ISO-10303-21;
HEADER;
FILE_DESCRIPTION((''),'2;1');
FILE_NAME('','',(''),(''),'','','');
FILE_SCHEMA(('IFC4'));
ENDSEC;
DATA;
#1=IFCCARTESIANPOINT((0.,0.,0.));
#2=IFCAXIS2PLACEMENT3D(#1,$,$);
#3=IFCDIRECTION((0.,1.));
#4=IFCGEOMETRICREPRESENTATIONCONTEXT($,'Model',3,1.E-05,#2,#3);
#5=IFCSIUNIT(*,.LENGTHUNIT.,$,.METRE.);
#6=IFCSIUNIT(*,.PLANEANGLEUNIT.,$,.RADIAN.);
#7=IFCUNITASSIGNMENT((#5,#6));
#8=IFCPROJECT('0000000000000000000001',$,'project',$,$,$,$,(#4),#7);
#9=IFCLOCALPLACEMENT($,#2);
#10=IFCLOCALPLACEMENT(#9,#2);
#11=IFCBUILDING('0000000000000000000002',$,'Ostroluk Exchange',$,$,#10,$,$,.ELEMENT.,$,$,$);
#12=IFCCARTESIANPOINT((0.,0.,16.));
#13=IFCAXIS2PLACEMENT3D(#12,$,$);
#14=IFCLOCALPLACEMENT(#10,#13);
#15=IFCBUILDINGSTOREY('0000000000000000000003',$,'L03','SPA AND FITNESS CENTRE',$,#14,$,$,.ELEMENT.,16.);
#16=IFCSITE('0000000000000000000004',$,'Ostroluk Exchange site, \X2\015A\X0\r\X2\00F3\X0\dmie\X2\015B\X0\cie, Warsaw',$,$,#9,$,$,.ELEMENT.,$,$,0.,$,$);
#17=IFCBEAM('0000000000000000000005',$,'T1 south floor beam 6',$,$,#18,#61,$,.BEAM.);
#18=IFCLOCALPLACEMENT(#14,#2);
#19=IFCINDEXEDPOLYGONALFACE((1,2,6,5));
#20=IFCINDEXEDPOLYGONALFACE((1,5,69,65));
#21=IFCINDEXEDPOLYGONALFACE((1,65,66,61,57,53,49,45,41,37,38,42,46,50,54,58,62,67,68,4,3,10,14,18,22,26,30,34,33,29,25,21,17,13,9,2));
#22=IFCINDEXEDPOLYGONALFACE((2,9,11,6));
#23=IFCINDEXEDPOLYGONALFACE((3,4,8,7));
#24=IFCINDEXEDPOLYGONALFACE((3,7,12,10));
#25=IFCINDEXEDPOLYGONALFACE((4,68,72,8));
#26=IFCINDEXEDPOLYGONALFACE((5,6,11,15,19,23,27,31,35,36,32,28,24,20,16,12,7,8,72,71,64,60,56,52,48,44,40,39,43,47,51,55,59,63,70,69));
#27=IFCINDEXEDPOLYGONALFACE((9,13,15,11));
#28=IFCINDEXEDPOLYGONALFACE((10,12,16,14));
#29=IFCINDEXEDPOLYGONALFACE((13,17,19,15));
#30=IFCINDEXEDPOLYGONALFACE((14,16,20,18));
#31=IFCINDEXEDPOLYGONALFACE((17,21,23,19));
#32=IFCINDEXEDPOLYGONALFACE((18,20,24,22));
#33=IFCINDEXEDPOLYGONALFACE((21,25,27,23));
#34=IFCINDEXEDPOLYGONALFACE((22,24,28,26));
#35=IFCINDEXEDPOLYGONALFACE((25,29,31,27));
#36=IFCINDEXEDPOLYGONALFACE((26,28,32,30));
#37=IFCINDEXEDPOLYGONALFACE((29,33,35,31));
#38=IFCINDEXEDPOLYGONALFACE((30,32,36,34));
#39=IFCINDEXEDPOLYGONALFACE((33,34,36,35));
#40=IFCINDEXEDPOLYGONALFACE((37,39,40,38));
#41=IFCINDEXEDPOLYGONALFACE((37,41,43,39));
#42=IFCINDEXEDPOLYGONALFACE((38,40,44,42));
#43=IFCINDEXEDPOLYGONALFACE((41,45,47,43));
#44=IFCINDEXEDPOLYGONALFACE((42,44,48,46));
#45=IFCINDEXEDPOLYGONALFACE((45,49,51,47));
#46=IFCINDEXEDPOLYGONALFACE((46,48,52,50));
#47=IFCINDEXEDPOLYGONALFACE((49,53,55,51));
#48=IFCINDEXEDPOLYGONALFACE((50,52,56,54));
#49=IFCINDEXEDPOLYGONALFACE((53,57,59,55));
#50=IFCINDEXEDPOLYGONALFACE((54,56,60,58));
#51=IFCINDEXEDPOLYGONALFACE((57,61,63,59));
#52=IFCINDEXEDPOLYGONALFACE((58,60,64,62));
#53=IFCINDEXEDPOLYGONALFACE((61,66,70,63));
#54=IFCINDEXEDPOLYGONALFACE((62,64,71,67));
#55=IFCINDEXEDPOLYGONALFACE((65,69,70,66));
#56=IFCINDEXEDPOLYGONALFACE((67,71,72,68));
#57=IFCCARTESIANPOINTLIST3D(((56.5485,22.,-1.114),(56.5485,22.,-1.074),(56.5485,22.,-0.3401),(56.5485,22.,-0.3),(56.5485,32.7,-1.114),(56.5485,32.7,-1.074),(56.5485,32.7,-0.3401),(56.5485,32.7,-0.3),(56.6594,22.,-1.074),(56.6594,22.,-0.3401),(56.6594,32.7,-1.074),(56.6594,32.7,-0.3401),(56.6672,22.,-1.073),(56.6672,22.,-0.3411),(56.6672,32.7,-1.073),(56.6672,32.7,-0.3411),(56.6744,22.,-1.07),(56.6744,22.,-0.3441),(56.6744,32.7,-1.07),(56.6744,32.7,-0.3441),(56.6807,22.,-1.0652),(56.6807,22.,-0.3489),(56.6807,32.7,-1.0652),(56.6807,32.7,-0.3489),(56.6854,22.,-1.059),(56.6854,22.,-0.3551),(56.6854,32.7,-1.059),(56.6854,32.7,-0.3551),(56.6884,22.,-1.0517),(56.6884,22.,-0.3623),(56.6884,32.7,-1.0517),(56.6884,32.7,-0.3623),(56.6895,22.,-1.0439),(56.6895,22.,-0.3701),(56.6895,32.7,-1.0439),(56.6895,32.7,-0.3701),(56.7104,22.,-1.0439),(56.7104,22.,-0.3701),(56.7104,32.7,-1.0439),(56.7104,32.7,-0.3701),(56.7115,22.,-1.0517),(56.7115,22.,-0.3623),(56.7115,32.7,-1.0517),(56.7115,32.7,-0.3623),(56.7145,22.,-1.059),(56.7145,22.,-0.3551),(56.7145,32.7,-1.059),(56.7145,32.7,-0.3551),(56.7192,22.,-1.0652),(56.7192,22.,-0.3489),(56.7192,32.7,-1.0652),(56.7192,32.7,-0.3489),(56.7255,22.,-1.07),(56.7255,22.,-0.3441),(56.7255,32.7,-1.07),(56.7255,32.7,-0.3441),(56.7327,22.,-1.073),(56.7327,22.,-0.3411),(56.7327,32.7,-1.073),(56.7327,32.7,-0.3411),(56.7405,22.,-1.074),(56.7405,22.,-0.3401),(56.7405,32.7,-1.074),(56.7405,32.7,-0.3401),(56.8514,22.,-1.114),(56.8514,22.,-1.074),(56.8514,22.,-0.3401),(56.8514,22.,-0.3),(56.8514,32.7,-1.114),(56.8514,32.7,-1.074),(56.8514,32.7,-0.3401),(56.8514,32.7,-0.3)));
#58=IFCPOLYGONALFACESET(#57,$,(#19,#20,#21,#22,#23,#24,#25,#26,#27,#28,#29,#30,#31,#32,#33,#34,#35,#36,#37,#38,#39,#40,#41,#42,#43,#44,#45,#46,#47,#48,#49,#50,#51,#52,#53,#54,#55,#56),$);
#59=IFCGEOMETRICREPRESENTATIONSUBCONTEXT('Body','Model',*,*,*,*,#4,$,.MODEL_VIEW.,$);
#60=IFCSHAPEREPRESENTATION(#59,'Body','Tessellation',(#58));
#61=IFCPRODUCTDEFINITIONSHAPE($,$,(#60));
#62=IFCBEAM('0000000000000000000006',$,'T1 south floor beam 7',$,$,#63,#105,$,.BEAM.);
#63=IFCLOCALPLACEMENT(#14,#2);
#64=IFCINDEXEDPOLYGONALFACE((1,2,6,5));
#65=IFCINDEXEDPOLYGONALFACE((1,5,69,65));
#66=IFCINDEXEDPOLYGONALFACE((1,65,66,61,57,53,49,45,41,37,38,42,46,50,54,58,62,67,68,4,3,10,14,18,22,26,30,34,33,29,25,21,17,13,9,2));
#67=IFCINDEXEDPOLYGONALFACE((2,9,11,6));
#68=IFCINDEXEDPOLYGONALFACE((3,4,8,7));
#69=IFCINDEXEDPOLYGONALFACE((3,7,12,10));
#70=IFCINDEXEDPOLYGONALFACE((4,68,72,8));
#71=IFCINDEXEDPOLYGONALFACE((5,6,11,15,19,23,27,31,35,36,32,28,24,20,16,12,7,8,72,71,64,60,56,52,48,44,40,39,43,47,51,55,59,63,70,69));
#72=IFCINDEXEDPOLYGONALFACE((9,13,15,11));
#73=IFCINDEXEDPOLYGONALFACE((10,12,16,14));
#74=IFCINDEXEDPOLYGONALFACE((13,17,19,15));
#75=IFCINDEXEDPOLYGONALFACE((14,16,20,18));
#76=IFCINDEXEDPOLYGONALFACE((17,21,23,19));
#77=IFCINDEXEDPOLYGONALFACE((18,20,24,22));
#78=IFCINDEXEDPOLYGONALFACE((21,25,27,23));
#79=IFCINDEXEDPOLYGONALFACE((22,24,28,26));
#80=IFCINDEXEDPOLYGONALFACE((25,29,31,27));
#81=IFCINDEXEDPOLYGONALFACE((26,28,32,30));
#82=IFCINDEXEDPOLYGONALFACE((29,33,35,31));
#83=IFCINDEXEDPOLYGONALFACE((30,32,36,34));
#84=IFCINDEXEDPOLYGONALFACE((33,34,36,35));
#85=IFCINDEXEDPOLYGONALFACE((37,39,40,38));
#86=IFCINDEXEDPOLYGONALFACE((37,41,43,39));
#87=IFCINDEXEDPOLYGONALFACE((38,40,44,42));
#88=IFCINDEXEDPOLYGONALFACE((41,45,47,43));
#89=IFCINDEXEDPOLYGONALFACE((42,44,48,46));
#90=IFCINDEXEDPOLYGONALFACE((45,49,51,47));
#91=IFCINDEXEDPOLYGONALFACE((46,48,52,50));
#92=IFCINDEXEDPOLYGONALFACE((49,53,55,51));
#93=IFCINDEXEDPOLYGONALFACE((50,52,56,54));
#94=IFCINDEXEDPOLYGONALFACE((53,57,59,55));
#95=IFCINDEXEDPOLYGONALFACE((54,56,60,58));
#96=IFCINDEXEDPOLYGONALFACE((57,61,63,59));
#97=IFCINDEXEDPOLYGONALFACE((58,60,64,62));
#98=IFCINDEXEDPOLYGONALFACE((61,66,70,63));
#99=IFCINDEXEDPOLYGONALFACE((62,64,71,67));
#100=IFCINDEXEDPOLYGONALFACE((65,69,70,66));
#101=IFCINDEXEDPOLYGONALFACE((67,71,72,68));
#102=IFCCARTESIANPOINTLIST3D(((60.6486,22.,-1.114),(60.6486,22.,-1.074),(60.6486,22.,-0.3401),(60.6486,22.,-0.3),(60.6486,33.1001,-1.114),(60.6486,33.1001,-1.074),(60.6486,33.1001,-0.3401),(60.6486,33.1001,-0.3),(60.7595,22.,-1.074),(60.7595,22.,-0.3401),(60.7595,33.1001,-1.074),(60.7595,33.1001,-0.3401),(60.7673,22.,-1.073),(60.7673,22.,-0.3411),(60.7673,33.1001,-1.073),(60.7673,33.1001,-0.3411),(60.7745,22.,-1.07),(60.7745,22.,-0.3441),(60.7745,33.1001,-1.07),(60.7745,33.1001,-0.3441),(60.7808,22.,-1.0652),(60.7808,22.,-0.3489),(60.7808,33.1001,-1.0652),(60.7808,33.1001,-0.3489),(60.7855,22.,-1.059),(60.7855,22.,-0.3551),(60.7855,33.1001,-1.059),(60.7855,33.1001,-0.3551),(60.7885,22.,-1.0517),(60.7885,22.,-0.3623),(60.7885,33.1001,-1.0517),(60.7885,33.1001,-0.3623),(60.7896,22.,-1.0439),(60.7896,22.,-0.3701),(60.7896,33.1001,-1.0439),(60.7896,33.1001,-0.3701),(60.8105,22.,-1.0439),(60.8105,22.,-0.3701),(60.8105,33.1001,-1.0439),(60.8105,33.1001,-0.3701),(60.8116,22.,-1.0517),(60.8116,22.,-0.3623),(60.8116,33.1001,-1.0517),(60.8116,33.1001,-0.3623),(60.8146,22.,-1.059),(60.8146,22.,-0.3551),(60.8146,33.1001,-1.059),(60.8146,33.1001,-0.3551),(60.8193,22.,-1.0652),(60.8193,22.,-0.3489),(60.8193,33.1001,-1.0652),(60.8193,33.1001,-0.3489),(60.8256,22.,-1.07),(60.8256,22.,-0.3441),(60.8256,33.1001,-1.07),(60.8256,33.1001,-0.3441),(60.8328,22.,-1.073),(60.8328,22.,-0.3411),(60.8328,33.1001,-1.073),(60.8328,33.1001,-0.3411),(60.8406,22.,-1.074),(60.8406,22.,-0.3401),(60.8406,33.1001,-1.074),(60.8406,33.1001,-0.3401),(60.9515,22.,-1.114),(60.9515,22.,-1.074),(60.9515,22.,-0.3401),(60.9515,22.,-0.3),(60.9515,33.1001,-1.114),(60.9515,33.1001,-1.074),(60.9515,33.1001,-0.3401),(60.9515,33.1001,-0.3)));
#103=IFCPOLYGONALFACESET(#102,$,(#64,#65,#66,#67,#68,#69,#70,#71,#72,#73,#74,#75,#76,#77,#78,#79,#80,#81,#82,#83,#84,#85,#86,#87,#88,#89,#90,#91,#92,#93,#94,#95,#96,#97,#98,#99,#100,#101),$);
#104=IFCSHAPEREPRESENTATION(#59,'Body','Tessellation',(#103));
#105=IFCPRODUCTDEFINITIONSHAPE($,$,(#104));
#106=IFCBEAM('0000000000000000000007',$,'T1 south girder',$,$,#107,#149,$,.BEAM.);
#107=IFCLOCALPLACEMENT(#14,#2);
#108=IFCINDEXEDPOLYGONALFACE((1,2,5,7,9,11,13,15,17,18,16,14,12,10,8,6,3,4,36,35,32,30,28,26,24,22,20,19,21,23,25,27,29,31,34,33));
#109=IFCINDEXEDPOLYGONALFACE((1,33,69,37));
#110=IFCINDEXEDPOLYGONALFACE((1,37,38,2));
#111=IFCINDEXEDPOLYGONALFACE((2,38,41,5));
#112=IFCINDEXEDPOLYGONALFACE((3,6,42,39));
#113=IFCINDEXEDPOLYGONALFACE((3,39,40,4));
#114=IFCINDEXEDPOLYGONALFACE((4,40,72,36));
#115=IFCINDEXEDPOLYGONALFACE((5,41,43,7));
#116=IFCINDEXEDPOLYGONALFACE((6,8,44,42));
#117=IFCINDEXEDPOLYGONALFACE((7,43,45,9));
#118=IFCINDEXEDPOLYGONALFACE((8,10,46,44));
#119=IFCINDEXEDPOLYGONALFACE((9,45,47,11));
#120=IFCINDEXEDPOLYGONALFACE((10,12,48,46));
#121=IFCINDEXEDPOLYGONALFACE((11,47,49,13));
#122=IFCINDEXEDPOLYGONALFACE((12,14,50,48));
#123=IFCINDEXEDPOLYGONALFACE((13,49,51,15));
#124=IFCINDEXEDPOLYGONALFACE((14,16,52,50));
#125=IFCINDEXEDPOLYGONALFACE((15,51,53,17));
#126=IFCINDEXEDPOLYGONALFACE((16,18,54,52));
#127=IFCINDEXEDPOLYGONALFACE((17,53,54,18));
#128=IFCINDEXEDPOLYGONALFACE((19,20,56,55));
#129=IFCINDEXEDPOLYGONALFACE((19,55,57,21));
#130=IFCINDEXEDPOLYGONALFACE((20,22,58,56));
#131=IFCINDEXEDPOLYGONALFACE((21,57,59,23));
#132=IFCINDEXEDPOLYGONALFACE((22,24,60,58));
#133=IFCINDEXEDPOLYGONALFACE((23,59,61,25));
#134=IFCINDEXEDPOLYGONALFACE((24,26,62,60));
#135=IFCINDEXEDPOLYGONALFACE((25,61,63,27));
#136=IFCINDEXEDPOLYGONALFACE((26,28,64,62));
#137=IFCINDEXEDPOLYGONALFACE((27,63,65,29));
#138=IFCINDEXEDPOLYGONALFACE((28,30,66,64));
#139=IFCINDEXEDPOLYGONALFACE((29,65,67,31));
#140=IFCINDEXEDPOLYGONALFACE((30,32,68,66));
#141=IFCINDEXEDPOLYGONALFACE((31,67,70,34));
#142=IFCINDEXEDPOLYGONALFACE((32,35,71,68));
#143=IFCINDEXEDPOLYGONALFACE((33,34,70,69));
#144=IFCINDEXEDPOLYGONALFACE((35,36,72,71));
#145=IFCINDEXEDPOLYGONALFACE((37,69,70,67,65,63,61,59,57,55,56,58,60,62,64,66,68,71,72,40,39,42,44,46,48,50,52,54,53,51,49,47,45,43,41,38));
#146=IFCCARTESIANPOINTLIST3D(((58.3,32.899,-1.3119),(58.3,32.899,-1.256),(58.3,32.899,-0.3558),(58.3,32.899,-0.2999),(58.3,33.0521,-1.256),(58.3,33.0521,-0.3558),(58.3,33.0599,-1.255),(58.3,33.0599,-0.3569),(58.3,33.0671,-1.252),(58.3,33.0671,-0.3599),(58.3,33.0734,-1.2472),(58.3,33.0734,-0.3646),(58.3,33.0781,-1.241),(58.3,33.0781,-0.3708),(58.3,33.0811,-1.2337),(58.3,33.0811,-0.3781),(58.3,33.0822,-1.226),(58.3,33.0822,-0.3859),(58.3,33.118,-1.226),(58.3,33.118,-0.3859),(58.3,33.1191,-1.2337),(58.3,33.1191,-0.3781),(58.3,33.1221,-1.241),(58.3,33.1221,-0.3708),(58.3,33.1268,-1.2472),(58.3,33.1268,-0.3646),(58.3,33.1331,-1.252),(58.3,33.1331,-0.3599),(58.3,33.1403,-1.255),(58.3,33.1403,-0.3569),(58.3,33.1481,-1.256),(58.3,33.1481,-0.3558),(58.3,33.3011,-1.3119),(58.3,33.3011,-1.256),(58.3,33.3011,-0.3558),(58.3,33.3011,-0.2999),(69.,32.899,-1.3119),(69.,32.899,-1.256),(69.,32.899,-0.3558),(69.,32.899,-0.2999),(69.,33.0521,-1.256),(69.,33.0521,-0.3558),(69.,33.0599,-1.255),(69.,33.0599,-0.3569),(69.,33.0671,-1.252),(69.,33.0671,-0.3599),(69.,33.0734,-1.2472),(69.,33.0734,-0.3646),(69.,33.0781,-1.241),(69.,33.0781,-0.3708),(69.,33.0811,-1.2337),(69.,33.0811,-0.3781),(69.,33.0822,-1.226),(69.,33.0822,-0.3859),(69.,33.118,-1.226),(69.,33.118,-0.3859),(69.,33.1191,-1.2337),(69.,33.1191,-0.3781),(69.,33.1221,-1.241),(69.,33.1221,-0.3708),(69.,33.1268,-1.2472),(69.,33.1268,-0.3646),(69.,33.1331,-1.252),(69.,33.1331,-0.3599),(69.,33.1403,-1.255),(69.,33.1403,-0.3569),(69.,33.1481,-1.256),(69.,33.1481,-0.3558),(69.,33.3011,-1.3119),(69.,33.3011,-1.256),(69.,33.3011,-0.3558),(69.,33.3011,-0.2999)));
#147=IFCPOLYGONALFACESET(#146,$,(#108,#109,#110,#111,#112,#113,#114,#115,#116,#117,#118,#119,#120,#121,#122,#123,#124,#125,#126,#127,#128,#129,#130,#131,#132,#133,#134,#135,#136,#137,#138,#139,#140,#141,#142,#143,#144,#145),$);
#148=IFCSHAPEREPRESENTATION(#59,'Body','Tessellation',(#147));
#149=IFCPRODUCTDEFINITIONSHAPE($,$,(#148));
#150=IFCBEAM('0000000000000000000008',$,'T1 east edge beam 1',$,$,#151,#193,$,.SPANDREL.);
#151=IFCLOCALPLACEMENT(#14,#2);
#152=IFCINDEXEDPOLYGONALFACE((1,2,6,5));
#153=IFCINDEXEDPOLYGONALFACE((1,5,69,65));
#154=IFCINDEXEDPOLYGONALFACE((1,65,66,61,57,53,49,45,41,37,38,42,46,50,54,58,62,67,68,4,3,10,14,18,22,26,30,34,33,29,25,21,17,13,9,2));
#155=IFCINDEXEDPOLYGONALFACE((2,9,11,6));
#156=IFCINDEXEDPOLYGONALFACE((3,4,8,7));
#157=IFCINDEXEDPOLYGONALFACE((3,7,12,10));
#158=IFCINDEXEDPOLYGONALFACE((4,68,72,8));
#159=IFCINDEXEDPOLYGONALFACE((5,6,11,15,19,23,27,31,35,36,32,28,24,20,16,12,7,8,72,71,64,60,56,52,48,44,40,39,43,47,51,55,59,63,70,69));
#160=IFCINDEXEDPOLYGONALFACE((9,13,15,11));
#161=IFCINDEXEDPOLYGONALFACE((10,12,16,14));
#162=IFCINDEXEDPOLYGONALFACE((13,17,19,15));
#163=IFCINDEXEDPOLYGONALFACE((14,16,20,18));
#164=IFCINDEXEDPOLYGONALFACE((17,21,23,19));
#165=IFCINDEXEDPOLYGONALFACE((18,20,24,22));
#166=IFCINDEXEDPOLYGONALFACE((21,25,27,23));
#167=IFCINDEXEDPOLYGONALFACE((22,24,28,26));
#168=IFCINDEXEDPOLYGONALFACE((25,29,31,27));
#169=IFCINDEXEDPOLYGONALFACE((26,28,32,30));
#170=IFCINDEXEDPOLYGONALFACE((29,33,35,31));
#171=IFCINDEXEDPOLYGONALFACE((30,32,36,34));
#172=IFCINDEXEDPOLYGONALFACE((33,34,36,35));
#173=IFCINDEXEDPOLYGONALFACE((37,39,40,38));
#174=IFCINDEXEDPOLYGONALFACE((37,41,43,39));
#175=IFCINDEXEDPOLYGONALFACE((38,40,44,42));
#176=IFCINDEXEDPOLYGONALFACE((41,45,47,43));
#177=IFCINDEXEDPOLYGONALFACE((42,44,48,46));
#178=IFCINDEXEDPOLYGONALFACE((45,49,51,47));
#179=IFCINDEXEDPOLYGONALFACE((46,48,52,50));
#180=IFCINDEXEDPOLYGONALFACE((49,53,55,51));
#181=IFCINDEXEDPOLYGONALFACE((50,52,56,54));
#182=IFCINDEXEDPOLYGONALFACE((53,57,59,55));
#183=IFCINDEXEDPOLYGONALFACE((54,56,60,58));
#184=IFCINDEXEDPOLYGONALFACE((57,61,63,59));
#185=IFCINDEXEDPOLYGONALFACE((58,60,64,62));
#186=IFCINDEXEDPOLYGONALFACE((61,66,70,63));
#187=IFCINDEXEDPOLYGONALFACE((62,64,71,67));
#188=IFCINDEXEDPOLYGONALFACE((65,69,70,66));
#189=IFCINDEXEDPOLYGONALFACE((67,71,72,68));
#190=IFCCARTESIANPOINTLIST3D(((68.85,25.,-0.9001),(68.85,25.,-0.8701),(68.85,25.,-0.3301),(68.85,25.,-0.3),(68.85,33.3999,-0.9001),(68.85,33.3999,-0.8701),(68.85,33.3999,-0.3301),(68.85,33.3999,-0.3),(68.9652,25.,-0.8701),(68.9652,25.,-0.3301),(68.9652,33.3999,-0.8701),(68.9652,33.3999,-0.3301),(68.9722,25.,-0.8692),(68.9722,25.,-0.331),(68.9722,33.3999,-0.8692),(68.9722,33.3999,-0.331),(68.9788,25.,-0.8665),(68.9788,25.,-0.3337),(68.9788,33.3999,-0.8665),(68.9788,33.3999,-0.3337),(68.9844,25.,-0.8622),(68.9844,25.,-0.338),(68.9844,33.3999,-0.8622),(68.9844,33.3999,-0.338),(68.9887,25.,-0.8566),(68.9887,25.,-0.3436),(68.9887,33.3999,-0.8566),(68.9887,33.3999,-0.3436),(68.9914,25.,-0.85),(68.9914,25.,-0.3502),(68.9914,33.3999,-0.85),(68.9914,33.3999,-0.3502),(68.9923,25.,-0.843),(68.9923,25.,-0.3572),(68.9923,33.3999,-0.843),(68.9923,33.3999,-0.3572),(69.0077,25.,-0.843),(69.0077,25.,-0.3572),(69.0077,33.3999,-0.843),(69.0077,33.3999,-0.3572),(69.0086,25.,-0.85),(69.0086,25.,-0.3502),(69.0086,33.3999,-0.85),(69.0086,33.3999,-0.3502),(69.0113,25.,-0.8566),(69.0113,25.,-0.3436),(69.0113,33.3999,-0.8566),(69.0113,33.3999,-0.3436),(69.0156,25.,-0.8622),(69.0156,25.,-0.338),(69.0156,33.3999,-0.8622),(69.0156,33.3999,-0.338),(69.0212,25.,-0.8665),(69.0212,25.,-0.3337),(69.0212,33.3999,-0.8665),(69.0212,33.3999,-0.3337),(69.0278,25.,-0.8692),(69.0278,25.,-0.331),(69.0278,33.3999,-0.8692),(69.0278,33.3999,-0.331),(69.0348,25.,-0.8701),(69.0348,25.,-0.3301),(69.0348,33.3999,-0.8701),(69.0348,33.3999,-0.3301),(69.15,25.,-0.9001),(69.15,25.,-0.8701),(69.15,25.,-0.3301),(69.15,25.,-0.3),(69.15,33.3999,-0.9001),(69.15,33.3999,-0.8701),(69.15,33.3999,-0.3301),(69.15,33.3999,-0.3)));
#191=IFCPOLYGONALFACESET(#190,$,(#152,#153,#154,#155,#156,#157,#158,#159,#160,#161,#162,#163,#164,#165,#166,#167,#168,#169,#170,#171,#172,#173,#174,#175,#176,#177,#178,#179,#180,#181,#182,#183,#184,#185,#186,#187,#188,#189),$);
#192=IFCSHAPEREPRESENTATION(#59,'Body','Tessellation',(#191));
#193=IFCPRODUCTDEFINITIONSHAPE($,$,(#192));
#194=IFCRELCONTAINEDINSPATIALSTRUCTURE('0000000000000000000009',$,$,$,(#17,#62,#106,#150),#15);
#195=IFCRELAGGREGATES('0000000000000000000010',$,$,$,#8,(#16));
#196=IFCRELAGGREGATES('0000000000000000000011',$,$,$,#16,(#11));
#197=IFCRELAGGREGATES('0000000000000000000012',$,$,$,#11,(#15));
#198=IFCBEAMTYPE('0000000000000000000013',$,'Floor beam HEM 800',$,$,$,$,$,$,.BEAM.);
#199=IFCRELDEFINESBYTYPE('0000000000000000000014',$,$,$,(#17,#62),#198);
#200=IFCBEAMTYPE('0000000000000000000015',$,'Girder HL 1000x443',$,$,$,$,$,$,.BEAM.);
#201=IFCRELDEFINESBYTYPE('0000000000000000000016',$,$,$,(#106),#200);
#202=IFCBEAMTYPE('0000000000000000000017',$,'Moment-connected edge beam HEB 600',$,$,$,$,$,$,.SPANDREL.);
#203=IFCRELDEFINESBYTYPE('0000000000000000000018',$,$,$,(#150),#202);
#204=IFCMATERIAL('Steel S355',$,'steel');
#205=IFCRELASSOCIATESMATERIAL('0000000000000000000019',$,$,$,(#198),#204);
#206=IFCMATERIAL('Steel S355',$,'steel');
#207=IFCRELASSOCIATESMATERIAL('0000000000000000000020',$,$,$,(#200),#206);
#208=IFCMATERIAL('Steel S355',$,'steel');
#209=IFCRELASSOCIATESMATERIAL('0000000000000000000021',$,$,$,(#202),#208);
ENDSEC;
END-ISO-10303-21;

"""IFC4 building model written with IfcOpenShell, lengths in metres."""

from ifc_helpers import new_model, si_unit, direction, frame, origin, origin_2d, place, context, subcontext, project, spatial, i_section, extrude, material, material_profile, profile_set, type_object, element, save


model = new_model("IFC4")

# Units and contexts
model_context = context("Model", 3, precision=1e-05, world=origin(), true_north=direction((0.0, 1.0)))
body_context = subcontext(model_context, "Body", "Model", "MODEL_VIEW")
ifc_project = project(units=[si_unit("LENGTHUNIT", "METRE"), si_unit("PLANEANGLEUNIT", "RADIAN")], contexts=[model_context])

# Site, building, storey
site_placement = place(None, origin())
site = spatial("IfcSite", under=ifc_project, at=site_placement, Name="Ostroluk Exchange site, Śródmieście, Warsaw", CompositionType="ELEMENT", RefElevation=0.0)
building_placement = place(site_placement, origin())
building = spatial("IfcBuilding", under=site, at=building_placement, Name="Ostroluk Exchange", CompositionType="ELEMENT")
storey_placement = place(building_placement, frame((0.0, 0.0, 16.0)))
storey = spatial("IfcBuildingStorey", under=building, at=storey_placement, Name="L03", Description="SPA AND FITNESS CENTRE", CompositionType="ELEMENT", Elevation=16.0)

# Beams
ifc_material_1 = material(Name="Steel S355", Category="steel")
ifc_material_profile_1 = material_profile(ifc_material_1, i_section(OverallWidth=0.303, OverallDepth=0.814, WebThickness=0.021, FlangeThickness=0.04, FilletRadius=0.03, at=origin_2d()), Name="HEM 800")
ifc_profile_set_1 = profile_set([ifc_material_profile_1], Name="Steel S355")
beam_type_1 = type_object("IfcBeamType", Name="Floor beam HEM 800", PredefinedType="BEAM", material=ifc_profile_set_1)
beam_1_placement = place(storey_placement, frame((56.7, 32.7, -0.707), z_axis=(0.0, -1.0, 0.0), x_axis=(1.0, 0.0, 0.0)))
element("IfcBeam", 1, at=beam_1_placement, inside=storey, type_object=beam_type_1, Name="T1 south floor beam 6", PredefinedType="BEAM", context=body_context, shape_type="SweptSolid", body=[
    extrude(i_section(OverallWidth=0.303, OverallDepth=0.814, WebThickness=0.021, FlangeThickness=0.04, FilletRadius=0.03, at=origin_2d()), origin(), (0.0, 0.0, 1.0), 10.7),
])
beam_2_placement = place(storey_placement, frame((60.8, 33.1001, -0.707), z_axis=(0.0, -1.0, 0.0), x_axis=(1.0, 0.0, 0.0)))
element("IfcBeam", 2, at=beam_2_placement, inside=storey, type_object=beam_type_1, Name="T1 south floor beam 7", PredefinedType="BEAM", context=body_context, shape_type="SweptSolid", body=[
    extrude(i_section(OverallWidth=0.303, OverallDepth=0.814, WebThickness=0.021, FlangeThickness=0.04, FilletRadius=0.03, at=origin_2d()), origin(), (0.0, 0.0, 1.0), 11.1001),
])
ifc_material_2 = material(Name="Steel S355", Category="steel")
ifc_material_profile_2 = material_profile(ifc_material_2, i_section(OverallWidth=0.4021, OverallDepth=1.012, WebThickness=0.0359, FlangeThickness=0.0559, FilletRadius=0.03, at=origin_2d()), Name="HL 1000x443")
ifc_profile_set_2 = profile_set([ifc_material_profile_2], Name="Steel S355")
beam_type_2 = type_object("IfcBeamType", Name="Girder HL 1000x443", PredefinedType="BEAM", material=ifc_profile_set_2)
beam_3_placement = place(storey_placement, frame((58.3, 33.1001, -0.8059), z_axis=(1.0, 0.0, 0.0), x_axis=(0.0, 1.0, 0.0)))
element("IfcBeam", 3, at=beam_3_placement, inside=storey, type_object=beam_type_2, Name="T1 south girder", PredefinedType="BEAM", context=body_context, shape_type="SweptSolid", body=[
    extrude(i_section(OverallWidth=0.4021, OverallDepth=1.012, WebThickness=0.0359, FlangeThickness=0.0559, FilletRadius=0.03, at=origin_2d()), origin(), (0.0, 0.0, 1.0), 10.7),
])
ifc_material_3 = material(Name="Steel S355", Category="steel")
ifc_material_profile_3 = material_profile(ifc_material_3, i_section(OverallWidth=0.3, OverallDepth=0.6001, WebThickness=0.0154, FlangeThickness=0.03, FilletRadius=0.0271, at=origin_2d()), Name="HEB 600")
ifc_profile_set_3 = profile_set([ifc_material_profile_3], Name="Steel S355")
beam_type_3 = type_object("IfcBeamType", Name="Moment-connected edge beam HEB 600", PredefinedType="SPANDREL", material=ifc_profile_set_3)
beam_4_placement = place(storey_placement, frame((69.0, 25.0, -0.6001), z_axis=(0.0, 1.0, 0.0), x_axis=(-1.0, 0.0, 0.0)))
element("IfcBeam", 4, at=beam_4_placement, inside=storey, type_object=beam_type_3, Name="T1 east edge beam 1", PredefinedType="SPANDREL", context=body_context, shape_type="SweptSolid", body=[
    extrude(i_section(OverallWidth=0.3, OverallDepth=0.6001, WebThickness=0.0154, FlangeThickness=0.03, FilletRadius=0.0271, at=origin_2d()), origin(), (0.0, 0.0, 1.0), 8.3999),
])

save(model, "model.ifc")
